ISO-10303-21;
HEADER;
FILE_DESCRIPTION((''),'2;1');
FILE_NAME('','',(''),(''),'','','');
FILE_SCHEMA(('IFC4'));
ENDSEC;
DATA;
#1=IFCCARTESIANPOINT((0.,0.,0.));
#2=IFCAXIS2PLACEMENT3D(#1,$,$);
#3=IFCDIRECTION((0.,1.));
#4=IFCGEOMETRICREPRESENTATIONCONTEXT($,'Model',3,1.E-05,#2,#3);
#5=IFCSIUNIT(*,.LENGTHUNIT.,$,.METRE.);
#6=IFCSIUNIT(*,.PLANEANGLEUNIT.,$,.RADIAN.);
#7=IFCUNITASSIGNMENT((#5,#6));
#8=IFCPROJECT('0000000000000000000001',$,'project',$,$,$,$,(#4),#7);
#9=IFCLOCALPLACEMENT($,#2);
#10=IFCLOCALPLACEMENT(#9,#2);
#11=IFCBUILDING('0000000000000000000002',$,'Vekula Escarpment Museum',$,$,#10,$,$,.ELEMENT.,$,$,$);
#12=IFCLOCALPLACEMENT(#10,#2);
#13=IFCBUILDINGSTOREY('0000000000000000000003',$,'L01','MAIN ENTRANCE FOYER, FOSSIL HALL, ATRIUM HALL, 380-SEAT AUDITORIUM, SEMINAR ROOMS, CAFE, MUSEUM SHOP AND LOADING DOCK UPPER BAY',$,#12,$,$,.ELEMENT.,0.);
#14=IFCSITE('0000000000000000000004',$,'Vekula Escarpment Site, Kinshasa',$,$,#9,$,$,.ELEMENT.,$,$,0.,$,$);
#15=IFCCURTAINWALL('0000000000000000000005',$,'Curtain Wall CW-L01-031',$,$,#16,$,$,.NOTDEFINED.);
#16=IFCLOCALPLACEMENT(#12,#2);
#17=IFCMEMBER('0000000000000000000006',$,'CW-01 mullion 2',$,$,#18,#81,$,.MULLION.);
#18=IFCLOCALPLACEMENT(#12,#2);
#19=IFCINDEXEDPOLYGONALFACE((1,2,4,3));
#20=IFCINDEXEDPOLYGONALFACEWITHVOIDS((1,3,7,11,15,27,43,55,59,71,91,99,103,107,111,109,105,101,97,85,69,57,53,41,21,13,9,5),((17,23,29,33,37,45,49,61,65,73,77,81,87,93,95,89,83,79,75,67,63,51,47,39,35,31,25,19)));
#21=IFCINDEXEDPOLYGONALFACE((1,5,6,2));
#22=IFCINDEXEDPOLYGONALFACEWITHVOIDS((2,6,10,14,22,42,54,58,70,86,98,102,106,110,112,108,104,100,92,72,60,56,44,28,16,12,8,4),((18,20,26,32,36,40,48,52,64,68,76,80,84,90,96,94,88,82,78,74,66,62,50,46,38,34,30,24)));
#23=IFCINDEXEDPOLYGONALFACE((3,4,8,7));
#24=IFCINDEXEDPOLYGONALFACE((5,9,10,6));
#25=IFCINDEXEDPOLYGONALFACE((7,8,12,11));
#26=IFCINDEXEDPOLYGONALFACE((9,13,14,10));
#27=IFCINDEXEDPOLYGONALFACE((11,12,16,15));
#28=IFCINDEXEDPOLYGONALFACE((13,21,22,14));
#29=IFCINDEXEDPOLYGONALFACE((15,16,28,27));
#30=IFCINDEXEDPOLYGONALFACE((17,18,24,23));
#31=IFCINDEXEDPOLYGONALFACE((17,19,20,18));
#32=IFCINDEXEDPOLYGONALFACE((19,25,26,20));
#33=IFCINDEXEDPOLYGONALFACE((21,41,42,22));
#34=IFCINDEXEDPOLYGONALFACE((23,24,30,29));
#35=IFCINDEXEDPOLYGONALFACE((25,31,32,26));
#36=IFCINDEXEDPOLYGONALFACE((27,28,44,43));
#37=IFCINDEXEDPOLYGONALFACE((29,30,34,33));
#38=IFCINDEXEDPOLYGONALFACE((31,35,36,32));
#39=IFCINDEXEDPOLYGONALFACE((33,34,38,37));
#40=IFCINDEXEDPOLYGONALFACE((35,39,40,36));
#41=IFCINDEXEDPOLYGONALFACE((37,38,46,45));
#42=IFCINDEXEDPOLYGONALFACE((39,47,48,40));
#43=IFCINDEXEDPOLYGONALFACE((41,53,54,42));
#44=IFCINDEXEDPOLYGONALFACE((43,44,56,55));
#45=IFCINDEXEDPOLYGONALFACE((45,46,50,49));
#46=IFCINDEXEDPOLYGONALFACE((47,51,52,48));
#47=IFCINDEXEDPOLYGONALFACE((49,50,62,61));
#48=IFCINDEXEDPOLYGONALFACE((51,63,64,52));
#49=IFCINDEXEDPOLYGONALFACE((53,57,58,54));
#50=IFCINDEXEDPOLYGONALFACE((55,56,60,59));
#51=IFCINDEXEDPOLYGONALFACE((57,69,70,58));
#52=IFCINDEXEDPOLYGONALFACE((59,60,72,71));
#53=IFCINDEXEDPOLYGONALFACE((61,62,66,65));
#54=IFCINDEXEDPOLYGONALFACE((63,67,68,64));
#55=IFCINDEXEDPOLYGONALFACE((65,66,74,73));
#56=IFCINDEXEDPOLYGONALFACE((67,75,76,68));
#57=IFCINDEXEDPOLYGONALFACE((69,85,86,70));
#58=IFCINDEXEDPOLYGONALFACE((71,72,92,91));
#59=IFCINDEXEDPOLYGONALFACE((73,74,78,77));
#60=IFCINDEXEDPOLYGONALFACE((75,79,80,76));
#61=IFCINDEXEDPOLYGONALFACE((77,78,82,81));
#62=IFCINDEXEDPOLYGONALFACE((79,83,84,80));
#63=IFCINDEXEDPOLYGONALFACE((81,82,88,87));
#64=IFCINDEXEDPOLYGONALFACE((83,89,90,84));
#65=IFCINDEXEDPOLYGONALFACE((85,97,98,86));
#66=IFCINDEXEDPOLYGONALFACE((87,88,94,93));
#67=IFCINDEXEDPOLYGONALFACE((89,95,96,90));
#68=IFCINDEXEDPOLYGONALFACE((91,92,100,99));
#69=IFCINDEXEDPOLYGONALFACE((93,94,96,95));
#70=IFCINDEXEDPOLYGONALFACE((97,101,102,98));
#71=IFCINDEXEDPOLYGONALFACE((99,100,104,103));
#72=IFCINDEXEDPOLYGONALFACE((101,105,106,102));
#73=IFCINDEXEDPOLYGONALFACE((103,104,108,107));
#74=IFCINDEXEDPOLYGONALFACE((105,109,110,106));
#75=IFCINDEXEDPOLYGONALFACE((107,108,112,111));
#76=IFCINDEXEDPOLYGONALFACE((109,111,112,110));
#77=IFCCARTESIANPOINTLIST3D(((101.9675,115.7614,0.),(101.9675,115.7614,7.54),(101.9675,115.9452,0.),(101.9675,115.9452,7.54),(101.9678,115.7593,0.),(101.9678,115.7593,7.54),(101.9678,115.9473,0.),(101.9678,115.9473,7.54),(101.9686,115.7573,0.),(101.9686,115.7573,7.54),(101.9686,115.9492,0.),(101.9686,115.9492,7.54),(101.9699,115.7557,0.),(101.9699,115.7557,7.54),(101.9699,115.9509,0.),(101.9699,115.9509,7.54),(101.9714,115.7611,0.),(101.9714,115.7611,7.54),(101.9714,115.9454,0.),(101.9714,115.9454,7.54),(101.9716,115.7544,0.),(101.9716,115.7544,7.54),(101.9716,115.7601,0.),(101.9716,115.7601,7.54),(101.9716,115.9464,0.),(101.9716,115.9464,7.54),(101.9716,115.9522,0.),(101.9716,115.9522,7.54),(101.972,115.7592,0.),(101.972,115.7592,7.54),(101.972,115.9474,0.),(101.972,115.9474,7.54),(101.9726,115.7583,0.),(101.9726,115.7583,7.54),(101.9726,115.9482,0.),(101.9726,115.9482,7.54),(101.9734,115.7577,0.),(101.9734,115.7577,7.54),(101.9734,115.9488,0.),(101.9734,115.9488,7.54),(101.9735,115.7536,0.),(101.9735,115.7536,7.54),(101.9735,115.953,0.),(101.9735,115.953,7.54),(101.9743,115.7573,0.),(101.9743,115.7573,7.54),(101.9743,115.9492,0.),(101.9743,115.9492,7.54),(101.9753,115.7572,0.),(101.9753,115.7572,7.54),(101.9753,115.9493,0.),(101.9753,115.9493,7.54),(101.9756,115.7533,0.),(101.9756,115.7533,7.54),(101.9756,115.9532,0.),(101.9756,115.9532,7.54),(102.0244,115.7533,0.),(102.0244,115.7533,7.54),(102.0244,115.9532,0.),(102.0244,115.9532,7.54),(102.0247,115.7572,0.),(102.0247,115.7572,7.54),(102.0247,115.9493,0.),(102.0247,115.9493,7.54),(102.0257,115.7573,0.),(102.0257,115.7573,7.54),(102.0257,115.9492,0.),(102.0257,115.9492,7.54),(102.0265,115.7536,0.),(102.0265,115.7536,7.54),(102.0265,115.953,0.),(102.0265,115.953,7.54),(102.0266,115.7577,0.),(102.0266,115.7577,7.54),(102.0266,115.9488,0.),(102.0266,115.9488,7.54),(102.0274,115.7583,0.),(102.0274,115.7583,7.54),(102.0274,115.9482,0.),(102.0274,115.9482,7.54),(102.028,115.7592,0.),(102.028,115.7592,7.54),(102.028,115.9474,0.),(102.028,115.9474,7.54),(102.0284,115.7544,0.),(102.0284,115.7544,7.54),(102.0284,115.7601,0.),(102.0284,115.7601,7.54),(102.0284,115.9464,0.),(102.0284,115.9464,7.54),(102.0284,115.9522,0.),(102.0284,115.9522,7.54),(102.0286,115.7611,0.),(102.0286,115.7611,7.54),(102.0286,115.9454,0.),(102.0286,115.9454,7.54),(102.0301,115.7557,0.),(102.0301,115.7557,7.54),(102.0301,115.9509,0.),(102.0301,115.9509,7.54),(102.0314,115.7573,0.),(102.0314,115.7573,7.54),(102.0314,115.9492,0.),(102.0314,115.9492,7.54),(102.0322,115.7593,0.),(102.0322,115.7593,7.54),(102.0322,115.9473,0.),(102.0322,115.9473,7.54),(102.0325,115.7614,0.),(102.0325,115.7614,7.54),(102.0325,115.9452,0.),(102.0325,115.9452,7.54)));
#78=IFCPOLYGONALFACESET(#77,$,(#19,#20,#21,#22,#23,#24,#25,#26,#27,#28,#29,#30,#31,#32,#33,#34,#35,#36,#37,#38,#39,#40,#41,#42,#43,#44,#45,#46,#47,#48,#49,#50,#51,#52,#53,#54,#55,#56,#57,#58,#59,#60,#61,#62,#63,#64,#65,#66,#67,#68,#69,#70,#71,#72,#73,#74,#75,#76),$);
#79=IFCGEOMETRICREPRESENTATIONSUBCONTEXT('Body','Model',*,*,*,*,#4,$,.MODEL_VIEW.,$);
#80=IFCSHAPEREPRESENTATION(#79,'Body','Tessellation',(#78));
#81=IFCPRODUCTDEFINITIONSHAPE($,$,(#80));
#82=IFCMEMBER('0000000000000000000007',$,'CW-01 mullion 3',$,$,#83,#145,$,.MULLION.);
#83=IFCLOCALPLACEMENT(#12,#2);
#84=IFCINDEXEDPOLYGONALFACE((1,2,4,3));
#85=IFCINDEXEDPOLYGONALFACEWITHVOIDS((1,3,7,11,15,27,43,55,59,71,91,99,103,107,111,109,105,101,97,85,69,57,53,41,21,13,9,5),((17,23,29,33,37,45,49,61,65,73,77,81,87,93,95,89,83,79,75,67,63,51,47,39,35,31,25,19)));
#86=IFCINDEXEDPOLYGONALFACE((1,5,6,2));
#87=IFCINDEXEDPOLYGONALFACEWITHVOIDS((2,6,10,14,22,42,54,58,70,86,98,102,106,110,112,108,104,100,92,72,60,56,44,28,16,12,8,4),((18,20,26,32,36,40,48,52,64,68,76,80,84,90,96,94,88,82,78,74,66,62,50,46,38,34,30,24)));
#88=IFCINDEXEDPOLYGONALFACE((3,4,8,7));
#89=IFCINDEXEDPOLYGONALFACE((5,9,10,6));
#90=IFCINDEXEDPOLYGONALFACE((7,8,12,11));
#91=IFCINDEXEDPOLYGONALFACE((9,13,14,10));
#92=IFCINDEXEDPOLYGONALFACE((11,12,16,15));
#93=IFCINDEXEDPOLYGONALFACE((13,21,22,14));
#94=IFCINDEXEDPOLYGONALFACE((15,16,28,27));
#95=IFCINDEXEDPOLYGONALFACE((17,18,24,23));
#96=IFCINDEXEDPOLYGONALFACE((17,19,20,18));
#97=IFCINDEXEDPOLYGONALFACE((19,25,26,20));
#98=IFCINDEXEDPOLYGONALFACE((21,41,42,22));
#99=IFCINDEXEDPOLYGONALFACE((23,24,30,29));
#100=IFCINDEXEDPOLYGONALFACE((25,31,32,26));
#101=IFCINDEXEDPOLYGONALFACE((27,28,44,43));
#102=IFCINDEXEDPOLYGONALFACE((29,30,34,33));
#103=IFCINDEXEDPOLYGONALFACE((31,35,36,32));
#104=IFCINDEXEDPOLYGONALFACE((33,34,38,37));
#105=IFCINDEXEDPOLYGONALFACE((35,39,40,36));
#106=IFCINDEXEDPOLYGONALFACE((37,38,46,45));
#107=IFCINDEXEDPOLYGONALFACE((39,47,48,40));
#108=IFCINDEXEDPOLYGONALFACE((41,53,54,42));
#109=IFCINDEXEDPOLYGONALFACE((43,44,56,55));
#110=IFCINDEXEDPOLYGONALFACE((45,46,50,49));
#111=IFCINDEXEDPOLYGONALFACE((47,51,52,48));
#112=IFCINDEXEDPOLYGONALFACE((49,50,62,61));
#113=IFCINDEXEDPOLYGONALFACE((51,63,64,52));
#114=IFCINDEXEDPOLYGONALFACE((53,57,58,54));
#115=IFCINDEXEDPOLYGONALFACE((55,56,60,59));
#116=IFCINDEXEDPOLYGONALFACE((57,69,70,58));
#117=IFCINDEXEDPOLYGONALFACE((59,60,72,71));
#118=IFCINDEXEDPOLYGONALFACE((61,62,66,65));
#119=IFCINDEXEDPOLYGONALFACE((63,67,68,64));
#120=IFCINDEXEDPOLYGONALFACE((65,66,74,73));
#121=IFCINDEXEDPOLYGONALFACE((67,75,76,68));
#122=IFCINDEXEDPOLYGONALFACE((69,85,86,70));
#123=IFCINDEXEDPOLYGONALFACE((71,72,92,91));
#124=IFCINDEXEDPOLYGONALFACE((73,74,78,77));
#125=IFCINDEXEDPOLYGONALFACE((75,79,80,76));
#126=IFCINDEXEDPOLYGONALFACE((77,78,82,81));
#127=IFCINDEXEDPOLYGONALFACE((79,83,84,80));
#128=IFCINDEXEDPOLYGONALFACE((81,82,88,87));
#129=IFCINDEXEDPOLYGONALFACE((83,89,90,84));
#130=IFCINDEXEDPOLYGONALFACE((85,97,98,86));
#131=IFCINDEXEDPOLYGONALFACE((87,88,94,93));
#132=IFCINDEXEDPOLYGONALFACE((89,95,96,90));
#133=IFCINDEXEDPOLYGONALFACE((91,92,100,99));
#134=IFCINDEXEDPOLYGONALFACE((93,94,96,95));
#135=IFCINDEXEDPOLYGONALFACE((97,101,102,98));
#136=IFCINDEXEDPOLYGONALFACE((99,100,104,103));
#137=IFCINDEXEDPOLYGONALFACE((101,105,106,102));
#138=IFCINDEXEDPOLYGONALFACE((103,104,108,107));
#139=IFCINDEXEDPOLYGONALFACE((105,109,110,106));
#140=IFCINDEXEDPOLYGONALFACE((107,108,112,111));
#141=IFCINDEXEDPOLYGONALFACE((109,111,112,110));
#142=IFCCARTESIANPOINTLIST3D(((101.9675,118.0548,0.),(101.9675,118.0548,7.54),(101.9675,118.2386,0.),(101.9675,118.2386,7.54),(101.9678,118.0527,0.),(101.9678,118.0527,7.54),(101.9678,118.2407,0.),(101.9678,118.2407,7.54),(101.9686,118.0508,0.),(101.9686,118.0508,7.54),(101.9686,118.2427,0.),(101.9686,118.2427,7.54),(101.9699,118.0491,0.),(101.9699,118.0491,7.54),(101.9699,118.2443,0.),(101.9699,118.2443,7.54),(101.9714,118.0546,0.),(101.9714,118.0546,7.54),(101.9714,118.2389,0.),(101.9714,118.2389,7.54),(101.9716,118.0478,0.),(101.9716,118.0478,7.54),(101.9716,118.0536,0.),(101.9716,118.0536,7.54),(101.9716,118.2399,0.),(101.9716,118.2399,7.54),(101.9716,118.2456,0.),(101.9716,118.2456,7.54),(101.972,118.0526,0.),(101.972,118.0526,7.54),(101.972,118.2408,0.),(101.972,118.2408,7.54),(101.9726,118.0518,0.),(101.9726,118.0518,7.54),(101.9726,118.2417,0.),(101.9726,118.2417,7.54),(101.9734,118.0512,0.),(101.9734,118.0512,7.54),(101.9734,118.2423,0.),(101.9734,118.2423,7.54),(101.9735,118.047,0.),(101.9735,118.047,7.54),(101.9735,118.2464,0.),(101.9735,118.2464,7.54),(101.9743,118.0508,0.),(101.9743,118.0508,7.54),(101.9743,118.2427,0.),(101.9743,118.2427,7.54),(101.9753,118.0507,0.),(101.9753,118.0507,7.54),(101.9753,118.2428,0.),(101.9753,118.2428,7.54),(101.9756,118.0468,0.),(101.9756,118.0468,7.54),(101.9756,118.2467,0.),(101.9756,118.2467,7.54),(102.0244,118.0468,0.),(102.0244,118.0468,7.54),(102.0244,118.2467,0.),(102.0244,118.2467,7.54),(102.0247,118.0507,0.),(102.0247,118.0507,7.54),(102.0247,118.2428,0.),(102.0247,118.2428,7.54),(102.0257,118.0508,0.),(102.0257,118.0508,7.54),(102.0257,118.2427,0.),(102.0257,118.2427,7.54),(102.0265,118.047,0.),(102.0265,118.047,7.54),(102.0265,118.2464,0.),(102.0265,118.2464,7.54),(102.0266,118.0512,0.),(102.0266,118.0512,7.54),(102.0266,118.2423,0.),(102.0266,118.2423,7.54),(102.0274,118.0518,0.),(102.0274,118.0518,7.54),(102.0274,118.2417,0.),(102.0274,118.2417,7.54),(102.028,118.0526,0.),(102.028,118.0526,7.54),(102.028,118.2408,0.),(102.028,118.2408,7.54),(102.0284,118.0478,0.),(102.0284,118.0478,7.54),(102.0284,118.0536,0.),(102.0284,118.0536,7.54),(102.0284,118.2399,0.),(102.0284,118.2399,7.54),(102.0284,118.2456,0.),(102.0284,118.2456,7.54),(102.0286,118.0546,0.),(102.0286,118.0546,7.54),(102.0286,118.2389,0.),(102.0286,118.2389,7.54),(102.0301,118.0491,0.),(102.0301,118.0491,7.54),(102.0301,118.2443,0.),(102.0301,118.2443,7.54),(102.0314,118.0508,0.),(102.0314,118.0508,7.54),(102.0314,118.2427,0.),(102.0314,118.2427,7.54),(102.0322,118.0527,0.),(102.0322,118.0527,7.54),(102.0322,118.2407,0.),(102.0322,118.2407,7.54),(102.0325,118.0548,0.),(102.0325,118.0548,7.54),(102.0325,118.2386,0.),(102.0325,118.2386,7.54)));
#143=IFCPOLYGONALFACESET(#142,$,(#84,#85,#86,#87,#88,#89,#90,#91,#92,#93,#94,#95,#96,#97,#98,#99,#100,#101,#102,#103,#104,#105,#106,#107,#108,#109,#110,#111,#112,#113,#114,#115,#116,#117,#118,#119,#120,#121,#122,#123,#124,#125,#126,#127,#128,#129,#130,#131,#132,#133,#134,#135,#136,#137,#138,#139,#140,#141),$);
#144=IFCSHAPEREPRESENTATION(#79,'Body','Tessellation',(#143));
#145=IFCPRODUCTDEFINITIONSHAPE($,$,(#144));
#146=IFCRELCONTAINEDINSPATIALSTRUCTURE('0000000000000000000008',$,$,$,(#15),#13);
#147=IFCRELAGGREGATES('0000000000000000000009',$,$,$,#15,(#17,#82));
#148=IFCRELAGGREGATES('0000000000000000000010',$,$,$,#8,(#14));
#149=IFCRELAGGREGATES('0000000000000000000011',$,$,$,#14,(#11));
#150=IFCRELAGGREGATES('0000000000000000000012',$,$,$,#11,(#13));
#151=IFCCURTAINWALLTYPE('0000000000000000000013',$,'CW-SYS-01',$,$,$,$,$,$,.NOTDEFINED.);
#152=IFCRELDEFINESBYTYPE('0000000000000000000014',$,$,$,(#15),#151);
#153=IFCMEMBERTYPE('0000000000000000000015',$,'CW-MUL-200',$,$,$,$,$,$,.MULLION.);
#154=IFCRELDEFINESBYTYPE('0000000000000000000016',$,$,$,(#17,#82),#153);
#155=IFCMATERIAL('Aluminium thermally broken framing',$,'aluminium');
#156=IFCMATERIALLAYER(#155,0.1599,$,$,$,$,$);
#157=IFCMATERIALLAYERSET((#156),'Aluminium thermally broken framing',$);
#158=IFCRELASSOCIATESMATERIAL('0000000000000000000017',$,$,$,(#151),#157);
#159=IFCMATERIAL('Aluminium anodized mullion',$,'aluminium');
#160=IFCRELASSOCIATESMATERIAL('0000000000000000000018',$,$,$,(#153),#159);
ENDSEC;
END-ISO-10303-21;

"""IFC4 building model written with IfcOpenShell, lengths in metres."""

from ifc_helpers import new_model, si_unit, direction, frame, origin, origin_2d, place, context, subcontext, project, spatial, hollow_rectangle, extrude, material, layer, layer_set, material_profile, profile_set, type_object, element, aggregate, save


model = new_model("IFC4")

# Units and contexts
model_context = context("Model", 3, precision=1e-05, world=origin(), true_north=direction((0.0, 1.0)))
body_context = subcontext(model_context, "Body", "Model", "MODEL_VIEW")
ifc_project = project(units=[si_unit("LENGTHUNIT", "METRE"), si_unit("PLANEANGLEUNIT", "RADIAN")], contexts=[model_context])

# Site, building, storey
site_placement = place(None, origin())
site = spatial("IfcSite", under=ifc_project, at=site_placement, Name="Vekula Escarpment Site, Kinshasa", CompositionType="ELEMENT", RefElevation=0.0)
building_placement = place(site_placement, origin())
building = spatial("IfcBuilding", under=site, at=building_placement, Name="Vekula Escarpment Museum", CompositionType="ELEMENT")
storey_placement = place(building_placement, origin())
storey = spatial("IfcBuildingStorey", under=building, at=storey_placement, Name="L01", Description="MAIN ENTRANCE FOYER, FOSSIL HALL, ATRIUM HALL, 380-SEAT AUDITORIUM, SEMINAR ROOMS, CAFE, MUSEUM SHOP AND LOADING DOCK UPPER BAY", CompositionType="ELEMENT", Elevation=0.0)

# Curtain wall, members
ifc_material_1 = material(Name="Aluminium thermally broken framing", Category="aluminium")
ifc_layer_1 = layer(ifc_material_1, 0.1599)
ifc_layer_set_1 = layer_set([ifc_layer_1], Name="Aluminium thermally broken framing")
curtain_wall_type = type_object("IfcCurtainWallType", Name="CW-SYS-01", PredefinedType="NOTDEFINED", material=ifc_layer_set_1)
curtain_wall_placement = place(storey_placement, origin())
curtain_wall = element("IfcCurtainWall", 1, at=curtain_wall_placement, inside=storey, type_object=curtain_wall_type, Name="Curtain Wall CW-L01-031", PredefinedType="NOTDEFINED")
ifc_material_2 = material(Name="Aluminium anodized mullion", Category="aluminium")
ifc_material_profile_1 = material_profile(ifc_material_2, hollow_rectangle(XDim=0.0649, YDim=0.2, WallThickness=0.0039, InnerFilletRadius=0.0039, OuterFilletRadius=0.0081, at=origin_2d()), Name="ALU 200x65x4")
ifc_profile_set_1 = profile_set([ifc_material_profile_1], Name="Aluminium anodized mullion")
member_type_1 = type_object("IfcMemberType", Name="CW-MUL-200", PredefinedType="MULLION", material=ifc_profile_set_1)
member_1_placement = place(storey_placement, frame((102.0, 115.8533, 0.0), z_axis=(0.0, 0.0, 1.0), x_axis=(-1.0, 0.0, 0.0)))
member_1 = element("IfcMember", 2, at=member_1_placement, type_object=member_type_1, Name="CW-01 mullion 2", PredefinedType="MULLION", context=body_context, shape_type="SweptSolid", body=[
    extrude(hollow_rectangle(XDim=0.0649, YDim=0.2, WallThickness=0.0039, InnerFilletRadius=0.0039, OuterFilletRadius=0.0081, at=origin_2d()), origin(), (0.0, 0.0, 1.0), 7.54),
])
member_2_placement = place(storey_placement, frame((102.0, 118.1467, 0.0), z_axis=(0.0, 0.0, 1.0), x_axis=(-1.0, 0.0, 0.0)))
member_2 = element("IfcMember", 3, at=member_2_placement, type_object=member_type_1, Name="CW-01 mullion 3", PredefinedType="MULLION", context=body_context, shape_type="SweptSolid", body=[
    extrude(hollow_rectangle(XDim=0.0649, YDim=0.2, WallThickness=0.0039, InnerFilletRadius=0.0039, OuterFilletRadius=0.0081, at=origin_2d()), origin(), (0.0, 0.0, 1.0), 7.54),
])
aggregate(curtain_wall, [member_1, member_2])

save(model, "model.ifc")
